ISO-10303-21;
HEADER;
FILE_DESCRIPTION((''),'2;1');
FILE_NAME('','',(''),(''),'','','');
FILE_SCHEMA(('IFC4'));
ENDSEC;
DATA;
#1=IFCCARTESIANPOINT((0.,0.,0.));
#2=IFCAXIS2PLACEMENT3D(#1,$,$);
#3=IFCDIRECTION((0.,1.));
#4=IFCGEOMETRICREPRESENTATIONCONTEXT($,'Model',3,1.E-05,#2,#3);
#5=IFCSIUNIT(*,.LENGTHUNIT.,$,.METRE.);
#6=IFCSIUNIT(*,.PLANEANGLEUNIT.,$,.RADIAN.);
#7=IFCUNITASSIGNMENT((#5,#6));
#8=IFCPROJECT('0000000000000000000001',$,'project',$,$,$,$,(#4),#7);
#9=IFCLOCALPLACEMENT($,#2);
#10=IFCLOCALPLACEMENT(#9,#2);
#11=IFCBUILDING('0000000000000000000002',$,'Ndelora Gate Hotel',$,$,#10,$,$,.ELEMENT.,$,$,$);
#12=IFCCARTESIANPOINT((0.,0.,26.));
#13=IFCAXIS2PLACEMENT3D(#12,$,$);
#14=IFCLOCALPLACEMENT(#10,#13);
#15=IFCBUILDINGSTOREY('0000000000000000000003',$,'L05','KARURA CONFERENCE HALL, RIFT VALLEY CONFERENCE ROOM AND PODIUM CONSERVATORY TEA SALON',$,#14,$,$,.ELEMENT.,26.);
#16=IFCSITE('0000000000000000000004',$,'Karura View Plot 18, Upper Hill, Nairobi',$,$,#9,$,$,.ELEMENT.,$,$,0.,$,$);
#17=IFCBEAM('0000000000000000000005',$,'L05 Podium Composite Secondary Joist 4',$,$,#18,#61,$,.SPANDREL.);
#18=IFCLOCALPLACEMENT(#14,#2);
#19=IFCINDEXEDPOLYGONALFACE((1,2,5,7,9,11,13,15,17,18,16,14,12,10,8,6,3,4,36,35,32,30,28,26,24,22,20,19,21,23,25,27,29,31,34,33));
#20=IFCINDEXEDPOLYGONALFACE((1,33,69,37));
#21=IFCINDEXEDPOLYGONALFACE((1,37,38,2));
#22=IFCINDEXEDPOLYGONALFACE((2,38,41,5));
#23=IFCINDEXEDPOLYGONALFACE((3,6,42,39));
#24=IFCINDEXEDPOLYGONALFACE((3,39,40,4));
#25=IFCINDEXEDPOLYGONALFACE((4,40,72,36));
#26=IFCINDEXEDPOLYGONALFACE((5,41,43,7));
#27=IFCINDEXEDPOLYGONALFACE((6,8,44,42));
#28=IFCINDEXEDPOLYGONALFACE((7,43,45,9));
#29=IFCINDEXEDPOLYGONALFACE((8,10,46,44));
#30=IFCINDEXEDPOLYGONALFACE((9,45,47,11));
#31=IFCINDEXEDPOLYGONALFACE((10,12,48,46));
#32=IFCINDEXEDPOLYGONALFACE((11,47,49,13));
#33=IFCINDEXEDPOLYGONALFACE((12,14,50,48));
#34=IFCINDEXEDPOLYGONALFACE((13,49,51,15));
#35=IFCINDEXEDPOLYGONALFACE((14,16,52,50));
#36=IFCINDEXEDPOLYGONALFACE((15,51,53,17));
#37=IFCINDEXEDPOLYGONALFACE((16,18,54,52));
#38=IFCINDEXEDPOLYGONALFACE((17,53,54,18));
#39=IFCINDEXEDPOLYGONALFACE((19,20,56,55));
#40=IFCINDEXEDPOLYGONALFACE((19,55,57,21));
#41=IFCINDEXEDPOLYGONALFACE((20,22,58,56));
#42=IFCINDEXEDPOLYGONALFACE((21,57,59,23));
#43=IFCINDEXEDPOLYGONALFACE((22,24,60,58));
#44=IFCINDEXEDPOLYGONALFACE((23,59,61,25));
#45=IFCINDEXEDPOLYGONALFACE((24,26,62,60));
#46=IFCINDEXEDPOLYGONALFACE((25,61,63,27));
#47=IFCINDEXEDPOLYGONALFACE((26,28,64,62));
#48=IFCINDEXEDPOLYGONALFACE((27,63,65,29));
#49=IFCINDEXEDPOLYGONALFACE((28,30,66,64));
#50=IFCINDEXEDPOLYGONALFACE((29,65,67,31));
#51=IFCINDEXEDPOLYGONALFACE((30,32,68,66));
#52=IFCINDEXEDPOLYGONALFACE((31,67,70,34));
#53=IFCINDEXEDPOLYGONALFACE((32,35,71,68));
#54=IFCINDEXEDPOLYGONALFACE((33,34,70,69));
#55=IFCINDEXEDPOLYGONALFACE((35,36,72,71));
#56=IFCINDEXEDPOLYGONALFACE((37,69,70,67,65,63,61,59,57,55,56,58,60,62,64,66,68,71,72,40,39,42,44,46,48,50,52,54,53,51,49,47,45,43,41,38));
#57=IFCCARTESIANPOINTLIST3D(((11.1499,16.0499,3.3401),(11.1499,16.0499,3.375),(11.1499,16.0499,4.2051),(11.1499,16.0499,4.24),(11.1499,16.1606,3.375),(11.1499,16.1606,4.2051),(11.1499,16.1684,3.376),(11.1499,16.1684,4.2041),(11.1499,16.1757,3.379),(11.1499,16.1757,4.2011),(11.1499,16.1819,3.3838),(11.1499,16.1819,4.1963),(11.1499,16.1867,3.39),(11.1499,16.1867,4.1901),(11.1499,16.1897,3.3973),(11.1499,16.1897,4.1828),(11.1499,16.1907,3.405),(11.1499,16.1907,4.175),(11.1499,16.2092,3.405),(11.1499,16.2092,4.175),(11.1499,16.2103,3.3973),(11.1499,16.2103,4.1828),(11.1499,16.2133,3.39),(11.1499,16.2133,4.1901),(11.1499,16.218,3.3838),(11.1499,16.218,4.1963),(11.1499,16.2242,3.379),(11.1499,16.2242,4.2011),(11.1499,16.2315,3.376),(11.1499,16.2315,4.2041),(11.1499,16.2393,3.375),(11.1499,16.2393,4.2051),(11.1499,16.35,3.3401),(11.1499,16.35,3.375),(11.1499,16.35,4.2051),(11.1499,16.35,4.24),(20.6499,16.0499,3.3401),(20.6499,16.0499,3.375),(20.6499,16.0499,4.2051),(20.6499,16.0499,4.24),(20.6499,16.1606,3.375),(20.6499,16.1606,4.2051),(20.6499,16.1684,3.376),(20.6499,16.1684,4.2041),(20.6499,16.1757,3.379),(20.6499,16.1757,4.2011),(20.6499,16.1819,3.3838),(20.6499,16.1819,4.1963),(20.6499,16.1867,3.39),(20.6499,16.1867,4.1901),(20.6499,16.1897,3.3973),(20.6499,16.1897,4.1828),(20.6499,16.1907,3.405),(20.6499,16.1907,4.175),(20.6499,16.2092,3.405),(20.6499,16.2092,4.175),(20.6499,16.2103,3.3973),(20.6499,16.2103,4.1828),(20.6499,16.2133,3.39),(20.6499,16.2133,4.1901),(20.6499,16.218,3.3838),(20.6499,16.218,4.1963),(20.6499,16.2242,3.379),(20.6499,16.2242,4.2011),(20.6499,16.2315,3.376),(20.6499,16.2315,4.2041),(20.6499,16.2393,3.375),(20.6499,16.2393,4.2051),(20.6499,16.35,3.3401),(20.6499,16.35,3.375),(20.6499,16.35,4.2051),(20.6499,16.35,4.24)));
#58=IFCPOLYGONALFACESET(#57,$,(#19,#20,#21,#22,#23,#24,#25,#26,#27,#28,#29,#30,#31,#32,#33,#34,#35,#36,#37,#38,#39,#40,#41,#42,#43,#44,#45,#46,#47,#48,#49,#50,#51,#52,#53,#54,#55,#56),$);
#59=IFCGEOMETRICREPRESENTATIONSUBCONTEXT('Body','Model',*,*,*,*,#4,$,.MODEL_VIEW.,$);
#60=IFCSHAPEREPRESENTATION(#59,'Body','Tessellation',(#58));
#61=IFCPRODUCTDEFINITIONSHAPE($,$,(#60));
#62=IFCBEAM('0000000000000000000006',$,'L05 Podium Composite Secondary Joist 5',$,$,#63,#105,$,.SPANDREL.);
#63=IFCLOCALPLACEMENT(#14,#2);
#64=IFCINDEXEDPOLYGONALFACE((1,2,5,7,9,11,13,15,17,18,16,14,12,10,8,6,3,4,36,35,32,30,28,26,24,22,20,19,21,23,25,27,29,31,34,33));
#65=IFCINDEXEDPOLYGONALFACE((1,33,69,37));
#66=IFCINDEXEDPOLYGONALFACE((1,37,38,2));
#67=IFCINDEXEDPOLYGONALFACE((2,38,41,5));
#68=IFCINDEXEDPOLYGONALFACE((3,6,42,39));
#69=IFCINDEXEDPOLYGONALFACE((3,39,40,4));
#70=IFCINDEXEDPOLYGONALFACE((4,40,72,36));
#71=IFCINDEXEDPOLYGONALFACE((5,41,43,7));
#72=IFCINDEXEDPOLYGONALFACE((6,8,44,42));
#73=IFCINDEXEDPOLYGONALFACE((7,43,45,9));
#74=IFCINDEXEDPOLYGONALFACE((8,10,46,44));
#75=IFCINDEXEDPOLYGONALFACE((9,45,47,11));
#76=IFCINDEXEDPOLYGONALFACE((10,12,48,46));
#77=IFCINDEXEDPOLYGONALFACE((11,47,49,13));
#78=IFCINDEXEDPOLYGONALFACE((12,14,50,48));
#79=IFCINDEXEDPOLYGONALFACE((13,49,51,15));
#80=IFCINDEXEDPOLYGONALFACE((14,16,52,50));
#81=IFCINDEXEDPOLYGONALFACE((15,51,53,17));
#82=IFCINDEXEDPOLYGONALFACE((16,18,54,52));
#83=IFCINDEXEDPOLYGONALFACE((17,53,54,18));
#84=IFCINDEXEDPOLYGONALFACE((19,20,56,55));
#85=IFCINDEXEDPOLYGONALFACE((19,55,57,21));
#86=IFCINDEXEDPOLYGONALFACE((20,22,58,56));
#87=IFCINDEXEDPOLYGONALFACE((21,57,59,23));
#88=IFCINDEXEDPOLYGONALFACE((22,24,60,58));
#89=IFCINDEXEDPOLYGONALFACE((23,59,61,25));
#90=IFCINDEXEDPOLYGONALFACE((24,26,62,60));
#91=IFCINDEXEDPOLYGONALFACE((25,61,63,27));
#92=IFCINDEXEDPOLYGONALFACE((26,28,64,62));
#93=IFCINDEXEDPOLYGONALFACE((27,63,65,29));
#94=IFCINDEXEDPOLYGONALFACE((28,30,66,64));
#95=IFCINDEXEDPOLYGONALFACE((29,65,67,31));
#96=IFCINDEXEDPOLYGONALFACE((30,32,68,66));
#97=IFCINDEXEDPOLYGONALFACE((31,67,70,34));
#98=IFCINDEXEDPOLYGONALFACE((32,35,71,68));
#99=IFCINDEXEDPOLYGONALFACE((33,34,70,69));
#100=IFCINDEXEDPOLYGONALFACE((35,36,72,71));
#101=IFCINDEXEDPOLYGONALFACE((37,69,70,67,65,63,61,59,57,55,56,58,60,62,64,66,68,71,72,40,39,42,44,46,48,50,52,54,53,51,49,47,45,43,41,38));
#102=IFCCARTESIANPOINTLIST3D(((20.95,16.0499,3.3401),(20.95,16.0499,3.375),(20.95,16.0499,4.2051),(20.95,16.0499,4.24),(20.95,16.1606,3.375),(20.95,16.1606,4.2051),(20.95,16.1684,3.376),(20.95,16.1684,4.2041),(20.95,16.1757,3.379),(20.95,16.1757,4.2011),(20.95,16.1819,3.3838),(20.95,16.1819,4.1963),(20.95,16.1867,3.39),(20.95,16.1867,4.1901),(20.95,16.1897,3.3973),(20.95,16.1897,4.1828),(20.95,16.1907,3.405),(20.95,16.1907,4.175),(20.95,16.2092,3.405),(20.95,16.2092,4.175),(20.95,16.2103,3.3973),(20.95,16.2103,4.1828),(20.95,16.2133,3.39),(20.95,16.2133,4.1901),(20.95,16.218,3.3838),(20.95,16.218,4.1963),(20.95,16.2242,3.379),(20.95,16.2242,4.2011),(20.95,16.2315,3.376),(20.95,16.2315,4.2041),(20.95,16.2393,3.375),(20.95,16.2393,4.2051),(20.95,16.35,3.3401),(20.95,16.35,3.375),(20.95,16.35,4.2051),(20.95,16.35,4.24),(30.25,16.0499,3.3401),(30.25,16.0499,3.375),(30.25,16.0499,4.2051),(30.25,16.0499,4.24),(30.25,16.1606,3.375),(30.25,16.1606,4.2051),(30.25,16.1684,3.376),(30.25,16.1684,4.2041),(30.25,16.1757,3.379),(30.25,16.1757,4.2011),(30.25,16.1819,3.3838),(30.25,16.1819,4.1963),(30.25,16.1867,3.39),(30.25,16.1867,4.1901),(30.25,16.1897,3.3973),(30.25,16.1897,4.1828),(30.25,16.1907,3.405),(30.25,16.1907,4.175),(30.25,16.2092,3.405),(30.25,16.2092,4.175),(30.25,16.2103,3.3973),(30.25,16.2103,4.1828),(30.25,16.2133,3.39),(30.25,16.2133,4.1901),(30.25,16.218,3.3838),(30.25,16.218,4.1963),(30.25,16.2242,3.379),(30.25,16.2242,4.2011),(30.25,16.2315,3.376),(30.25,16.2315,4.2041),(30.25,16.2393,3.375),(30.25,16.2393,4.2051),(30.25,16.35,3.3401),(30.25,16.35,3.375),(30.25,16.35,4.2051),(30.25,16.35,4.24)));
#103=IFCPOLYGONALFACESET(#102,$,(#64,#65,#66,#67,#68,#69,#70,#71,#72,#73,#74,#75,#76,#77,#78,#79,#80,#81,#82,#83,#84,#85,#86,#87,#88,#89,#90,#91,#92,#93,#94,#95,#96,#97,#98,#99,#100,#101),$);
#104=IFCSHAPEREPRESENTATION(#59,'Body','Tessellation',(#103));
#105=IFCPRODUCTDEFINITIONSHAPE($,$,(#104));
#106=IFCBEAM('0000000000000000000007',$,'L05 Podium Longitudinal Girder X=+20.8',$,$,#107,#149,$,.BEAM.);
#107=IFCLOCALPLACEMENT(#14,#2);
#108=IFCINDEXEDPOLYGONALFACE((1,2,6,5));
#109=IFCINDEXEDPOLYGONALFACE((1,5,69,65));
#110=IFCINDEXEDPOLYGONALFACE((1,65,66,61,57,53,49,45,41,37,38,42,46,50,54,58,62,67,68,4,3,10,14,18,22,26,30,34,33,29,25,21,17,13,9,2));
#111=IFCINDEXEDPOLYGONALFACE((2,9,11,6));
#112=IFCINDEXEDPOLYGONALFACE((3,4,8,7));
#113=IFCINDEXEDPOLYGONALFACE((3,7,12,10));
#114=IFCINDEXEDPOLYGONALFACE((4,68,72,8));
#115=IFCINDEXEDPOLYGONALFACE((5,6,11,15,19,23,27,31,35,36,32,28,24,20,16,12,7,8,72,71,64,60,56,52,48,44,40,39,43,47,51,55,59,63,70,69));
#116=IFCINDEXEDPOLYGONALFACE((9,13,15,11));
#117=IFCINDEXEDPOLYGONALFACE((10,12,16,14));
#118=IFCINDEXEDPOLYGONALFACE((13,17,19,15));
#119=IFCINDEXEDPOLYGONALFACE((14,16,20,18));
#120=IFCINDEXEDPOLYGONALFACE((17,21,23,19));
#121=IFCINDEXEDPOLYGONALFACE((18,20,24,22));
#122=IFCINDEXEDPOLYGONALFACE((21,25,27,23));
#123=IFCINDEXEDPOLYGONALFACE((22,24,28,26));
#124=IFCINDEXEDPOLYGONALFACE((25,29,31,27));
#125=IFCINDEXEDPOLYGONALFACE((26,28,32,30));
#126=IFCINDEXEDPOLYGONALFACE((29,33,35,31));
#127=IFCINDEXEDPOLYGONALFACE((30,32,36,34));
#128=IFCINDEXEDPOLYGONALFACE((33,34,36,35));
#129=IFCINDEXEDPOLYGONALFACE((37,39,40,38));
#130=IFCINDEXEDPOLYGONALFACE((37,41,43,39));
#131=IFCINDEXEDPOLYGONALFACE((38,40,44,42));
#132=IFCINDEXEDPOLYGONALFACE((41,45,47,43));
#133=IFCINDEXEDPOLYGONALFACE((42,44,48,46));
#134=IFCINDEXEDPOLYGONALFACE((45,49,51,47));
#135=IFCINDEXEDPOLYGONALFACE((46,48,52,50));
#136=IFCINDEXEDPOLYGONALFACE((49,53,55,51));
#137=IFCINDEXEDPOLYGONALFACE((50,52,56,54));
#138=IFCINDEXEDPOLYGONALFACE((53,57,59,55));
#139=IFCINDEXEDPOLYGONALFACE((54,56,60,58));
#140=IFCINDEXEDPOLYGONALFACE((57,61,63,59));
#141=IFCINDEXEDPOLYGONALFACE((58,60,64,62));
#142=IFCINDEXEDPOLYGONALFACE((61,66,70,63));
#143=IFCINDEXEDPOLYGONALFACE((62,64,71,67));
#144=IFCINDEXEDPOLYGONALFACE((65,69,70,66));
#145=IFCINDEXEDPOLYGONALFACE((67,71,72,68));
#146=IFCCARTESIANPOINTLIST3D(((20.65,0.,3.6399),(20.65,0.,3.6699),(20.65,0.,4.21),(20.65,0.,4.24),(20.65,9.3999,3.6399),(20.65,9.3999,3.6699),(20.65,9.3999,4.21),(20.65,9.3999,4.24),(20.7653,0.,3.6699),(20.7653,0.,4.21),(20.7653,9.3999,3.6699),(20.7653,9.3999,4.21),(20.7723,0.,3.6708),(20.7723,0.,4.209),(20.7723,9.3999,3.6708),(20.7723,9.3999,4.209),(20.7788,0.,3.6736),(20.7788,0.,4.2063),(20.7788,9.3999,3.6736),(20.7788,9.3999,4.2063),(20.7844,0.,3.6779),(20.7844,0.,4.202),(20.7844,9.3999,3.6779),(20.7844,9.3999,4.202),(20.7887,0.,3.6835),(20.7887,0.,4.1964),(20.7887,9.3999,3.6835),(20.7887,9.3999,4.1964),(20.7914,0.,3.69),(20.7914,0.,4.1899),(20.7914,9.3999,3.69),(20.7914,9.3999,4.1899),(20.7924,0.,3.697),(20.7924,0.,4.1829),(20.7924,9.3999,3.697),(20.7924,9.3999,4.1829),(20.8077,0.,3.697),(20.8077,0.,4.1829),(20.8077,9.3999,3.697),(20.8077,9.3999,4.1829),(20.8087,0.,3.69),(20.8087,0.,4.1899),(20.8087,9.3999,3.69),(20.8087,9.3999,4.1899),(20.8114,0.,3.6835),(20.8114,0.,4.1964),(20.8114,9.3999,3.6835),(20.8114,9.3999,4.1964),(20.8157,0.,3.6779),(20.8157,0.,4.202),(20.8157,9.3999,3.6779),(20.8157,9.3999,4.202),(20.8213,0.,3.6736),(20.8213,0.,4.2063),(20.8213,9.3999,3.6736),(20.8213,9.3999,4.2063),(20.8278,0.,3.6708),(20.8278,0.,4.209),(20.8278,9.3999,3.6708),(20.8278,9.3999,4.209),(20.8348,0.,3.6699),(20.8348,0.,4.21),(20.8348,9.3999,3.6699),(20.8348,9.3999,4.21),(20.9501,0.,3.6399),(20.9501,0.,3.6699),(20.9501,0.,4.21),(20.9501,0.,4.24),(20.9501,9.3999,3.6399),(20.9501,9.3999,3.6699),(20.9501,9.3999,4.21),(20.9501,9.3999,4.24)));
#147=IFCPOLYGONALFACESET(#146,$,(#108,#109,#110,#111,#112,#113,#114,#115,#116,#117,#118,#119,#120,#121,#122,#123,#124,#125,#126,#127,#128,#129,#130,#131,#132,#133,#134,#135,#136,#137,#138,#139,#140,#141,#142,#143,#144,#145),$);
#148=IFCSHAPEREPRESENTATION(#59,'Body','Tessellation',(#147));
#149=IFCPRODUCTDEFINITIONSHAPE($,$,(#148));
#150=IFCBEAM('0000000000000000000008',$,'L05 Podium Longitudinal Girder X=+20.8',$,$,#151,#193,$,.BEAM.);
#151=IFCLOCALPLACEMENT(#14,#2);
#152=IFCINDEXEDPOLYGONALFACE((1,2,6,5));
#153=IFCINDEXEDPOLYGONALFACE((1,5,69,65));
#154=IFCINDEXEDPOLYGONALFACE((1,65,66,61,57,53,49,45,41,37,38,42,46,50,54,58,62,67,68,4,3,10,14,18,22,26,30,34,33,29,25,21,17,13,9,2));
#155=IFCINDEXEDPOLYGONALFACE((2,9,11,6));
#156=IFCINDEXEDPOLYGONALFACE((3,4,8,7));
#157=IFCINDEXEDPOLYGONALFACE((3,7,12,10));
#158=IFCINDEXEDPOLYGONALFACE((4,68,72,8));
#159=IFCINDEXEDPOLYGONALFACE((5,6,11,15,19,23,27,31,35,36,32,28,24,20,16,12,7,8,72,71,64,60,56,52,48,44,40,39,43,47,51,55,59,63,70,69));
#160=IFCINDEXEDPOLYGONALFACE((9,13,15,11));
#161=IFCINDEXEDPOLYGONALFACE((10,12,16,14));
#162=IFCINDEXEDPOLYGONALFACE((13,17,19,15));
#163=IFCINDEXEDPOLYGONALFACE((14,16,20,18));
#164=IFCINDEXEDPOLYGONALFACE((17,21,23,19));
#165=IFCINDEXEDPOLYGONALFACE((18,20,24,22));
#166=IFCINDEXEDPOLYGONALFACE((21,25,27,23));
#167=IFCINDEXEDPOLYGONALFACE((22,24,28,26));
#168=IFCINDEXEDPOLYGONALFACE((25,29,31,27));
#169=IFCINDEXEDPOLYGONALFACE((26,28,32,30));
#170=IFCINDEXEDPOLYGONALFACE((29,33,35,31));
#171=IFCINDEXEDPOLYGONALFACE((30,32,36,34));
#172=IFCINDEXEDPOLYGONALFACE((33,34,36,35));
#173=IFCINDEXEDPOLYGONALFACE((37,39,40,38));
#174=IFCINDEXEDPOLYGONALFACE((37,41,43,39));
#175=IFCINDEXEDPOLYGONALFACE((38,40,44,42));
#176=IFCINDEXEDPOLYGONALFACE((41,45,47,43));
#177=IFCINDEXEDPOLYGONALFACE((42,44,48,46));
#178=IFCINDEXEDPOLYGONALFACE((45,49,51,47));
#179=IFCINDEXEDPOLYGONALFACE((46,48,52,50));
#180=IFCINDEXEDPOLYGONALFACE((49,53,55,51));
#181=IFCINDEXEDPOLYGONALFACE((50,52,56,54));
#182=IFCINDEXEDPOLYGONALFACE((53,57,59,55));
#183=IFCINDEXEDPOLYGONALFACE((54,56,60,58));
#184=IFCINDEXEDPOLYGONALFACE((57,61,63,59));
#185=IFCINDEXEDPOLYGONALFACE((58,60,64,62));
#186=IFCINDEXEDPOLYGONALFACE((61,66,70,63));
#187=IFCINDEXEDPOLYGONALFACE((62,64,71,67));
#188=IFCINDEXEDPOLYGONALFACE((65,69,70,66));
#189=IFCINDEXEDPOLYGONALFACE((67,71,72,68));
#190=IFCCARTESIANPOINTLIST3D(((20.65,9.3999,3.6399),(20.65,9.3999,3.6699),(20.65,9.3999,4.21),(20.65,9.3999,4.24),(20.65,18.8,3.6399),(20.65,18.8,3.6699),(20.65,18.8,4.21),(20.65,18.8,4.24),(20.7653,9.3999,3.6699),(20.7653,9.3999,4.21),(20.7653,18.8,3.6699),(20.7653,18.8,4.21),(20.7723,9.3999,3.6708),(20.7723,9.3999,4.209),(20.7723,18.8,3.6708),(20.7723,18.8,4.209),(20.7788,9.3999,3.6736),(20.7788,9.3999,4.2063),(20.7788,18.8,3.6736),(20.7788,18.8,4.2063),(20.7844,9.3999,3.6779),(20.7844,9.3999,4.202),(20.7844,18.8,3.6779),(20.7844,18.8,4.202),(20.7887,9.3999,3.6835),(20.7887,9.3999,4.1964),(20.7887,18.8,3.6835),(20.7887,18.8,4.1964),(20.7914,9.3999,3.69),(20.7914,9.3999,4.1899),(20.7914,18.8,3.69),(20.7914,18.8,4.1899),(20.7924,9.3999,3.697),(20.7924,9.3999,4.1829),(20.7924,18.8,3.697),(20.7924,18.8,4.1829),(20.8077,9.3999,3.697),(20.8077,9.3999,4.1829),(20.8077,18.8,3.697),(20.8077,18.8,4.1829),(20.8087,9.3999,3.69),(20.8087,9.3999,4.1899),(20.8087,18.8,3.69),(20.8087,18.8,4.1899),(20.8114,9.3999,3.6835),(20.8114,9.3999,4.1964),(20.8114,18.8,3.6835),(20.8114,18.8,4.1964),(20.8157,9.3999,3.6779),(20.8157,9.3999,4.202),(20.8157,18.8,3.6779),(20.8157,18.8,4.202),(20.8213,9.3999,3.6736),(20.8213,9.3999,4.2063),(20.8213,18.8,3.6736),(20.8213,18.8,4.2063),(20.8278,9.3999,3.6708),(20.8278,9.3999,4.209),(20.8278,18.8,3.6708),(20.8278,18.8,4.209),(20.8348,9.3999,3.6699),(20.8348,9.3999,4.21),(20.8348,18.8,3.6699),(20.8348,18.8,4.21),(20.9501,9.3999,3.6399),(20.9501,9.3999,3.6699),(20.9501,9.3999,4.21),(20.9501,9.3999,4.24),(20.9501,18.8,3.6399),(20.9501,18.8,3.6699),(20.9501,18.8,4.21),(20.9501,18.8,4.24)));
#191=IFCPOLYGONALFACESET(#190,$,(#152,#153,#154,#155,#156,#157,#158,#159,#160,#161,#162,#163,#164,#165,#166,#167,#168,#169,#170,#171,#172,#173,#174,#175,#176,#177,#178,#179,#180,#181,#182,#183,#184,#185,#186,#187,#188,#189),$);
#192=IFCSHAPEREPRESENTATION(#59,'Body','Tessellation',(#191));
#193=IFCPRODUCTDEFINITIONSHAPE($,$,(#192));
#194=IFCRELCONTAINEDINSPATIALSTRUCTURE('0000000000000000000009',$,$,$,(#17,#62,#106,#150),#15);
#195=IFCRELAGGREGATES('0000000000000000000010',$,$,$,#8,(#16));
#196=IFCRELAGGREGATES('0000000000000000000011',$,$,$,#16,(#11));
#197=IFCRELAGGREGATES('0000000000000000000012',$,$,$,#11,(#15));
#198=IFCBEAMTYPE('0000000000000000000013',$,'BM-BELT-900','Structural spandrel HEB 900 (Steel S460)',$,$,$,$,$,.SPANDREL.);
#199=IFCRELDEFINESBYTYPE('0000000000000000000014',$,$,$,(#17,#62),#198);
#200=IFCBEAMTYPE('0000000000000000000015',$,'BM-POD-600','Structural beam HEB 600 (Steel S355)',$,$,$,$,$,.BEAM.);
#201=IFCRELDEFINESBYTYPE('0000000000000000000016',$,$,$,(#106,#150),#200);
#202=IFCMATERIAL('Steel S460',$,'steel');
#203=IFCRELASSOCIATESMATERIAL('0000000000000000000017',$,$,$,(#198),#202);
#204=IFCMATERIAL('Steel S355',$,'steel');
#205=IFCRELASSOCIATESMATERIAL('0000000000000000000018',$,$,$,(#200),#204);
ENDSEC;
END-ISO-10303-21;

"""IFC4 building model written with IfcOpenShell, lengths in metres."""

from ifc_helpers import new_model, si_unit, direction, frame, origin, origin_2d, place, context, subcontext, project, spatial, i_section, extrude, material, material_profile, profile_set, type_object, element, save


model = new_model("IFC4")

# Units and contexts
model_context = context("Model", 3, precision=1e-05, world=origin(), true_north=direction((0.0, 1.0)))
body_context = subcontext(model_context, "Body", "Model", "MODEL_VIEW")
ifc_project = project(units=[si_unit("LENGTHUNIT", "METRE"), si_unit("PLANEANGLEUNIT", "RADIAN")], contexts=[model_context])

# Site, building, storey
site_placement = place(None, origin())
site = spatial("IfcSite", under=ifc_project, at=site_placement, Name="Karura View Plot 18, Upper Hill, Nairobi", CompositionType="ELEMENT", RefElevation=0.0)
building_placement = place(site_placement, origin())
building = spatial("IfcBuilding", under=site, at=building_placement, Name="Ndelora Gate Hotel", CompositionType="ELEMENT")
storey_placement = place(building_placement, frame((0.0, 0.0, 26.0)))
storey = spatial("IfcBuildingStorey", under=building, at=storey_placement, Name="L05", Description="KARURA CONFERENCE HALL, RIFT VALLEY CONFERENCE ROOM AND PODIUM CONSERVATORY TEA SALON", CompositionType="ELEMENT", Elevation=26.0)

# Beams
ifc_material_1 = material(Name="Steel S460", Category="steel")
ifc_material_profile_1 = material_profile(ifc_material_1, i_section(OverallWidth=0.3, OverallDepth=0.8999, WebThickness=0.0186, FlangeThickness=0.0349, FilletRadius=0.03, at=origin_2d()), Name="HEB 900")
ifc_profile_set_1 = profile_set([ifc_material_profile_1], Name="Steel S460")
beam_type_1 = type_object("IfcBeamType", Name="BM-BELT-900", Description="Structural spandrel HEB 900 (Steel S460)", PredefinedType="SPANDREL", material=ifc_profile_set_1)
beam_1_placement = place(storey_placement, frame((11.1499, 16.2, 3.79), z_axis=(1.0, 0.0, 0.0), x_axis=(0.0, 1.0, 0.0)))
element("IfcBeam", 1, at=beam_1_placement, inside=storey, type_object=beam_type_1, Name="L05 Podium Composite Secondary Joist 4", PredefinedType="SPANDREL", context=body_context, shape_type="SweptSolid", body=[
    extrude(i_section(OverallWidth=0.3, OverallDepth=0.8999, WebThickness=0.0186, FlangeThickness=0.0349, FilletRadius=0.03, at=origin_2d()), origin(), (0.0, 0.0, 1.0), 9.5),
])
beam_2_placement = place(storey_placement, frame((20.95, 16.2, 3.79), z_axis=(1.0, 0.0, 0.0), x_axis=(0.0, 1.0, 0.0)))
element("IfcBeam", 2, at=beam_2_placement, inside=storey, type_object=beam_type_1, Name="L05 Podium Composite Secondary Joist 5", PredefinedType="SPANDREL", context=body_context, shape_type="SweptSolid", body=[
    extrude(i_section(OverallWidth=0.3, OverallDepth=0.8999, WebThickness=0.0186, FlangeThickness=0.0349, FilletRadius=0.03, at=origin_2d()), origin(), (0.0, 0.0, 1.0), 9.3),
])
ifc_material_2 = material(Name="Steel S355", Category="steel")
ifc_material_profile_2 = material_profile(ifc_material_2, i_section(OverallWidth=0.3, OverallDepth=0.6001, WebThickness=0.0154, FlangeThickness=0.03, FilletRadius=0.0271, at=origin_2d()), Name="HEB 600")
ifc_profile_set_2 = profile_set([ifc_material_profile_2], Name="Steel S355")
beam_type_2 = type_object("IfcBeamType", Name="BM-POD-600", Description="Structural beam HEB 600 (Steel S355)", PredefinedType="BEAM", material=ifc_profile_set_2)
beam_3_placement = place(storey_placement, frame((20.8, 0.0, 3.9399), z_axis=(0.0, 1.0, 0.0), x_axis=(-1.0, 0.0, 0.0)))
element("IfcBeam", 3, at=beam_3_placement, inside=storey, type_object=beam_type_2, Name="L05 Podium Longitudinal Girder X=+20.8", PredefinedType="BEAM", context=body_context, shape_type="SweptSolid", body=[
    extrude(i_section(OverallWidth=0.3, OverallDepth=0.6001, WebThickness=0.0154, FlangeThickness=0.03, FilletRadius=0.0271, at=origin_2d()), origin(), (0.0, 0.0, 1.0), 9.3999),
])
beam_4_placement = place(storey_placement, frame((20.8, 9.3999, 3.9399), z_axis=(0.0, 1.0, 0.0), x_axis=(-1.0, 0.0, 0.0)))
element("IfcBeam", 4, at=beam_4_placement, inside=storey, type_object=beam_type_2, Name="L05 Podium Longitudinal Girder X=+20.8", PredefinedType="BEAM", context=body_context, shape_type="SweptSolid", body=[
    extrude(i_section(OverallWidth=0.3, OverallDepth=0.6001, WebThickness=0.0154, FlangeThickness=0.03, FilletRadius=0.0271, at=origin_2d()), origin(), (0.0, 0.0, 1.0), 9.4001),
])

save(model, "model.ifc")
